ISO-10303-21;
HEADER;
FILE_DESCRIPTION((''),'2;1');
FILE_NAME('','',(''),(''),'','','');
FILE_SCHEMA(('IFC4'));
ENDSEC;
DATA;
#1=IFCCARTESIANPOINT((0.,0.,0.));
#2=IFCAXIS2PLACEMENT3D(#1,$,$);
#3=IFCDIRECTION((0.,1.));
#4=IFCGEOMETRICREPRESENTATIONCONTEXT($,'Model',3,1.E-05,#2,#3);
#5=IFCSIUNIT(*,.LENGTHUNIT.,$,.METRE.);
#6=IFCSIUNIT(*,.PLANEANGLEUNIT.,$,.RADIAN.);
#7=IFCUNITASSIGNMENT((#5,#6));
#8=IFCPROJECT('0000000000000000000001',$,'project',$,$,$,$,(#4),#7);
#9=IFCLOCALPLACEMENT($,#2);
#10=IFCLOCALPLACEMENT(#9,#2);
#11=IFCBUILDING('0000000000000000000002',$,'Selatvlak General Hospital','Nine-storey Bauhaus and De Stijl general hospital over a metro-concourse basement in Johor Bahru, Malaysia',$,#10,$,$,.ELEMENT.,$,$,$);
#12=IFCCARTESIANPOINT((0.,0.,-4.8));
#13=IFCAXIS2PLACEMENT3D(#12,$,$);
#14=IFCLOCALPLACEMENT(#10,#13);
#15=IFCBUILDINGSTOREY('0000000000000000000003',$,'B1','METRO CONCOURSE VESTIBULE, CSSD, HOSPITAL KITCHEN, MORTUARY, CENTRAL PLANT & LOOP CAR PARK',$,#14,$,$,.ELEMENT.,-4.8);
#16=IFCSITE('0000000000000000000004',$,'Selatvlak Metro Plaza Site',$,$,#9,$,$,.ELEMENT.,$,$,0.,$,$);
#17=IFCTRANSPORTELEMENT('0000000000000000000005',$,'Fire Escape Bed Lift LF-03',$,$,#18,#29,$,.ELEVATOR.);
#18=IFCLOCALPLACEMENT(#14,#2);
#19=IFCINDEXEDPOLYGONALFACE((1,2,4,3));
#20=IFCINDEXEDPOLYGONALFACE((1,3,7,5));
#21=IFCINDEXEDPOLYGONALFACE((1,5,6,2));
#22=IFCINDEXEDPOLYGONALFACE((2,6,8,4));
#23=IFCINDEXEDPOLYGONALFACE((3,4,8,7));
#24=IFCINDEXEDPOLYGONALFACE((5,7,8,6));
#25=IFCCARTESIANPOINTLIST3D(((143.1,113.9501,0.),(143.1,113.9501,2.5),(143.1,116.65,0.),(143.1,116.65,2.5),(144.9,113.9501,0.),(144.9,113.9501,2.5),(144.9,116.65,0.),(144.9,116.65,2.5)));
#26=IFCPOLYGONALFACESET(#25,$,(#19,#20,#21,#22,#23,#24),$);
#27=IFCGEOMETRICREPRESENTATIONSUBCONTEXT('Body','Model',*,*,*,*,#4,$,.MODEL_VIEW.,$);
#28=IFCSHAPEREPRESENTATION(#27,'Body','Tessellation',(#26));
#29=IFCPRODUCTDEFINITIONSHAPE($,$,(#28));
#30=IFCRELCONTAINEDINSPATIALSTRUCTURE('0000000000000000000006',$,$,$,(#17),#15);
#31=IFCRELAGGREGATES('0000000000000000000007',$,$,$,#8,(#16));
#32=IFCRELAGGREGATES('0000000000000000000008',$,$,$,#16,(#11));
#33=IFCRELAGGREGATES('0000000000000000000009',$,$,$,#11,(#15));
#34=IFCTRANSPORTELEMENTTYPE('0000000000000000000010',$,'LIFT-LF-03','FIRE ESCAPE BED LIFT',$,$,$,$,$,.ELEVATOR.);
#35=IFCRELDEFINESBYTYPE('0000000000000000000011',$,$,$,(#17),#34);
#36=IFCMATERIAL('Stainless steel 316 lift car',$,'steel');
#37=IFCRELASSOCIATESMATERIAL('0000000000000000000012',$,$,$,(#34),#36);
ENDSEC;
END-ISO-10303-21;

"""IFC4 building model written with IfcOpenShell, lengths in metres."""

from ifc_helpers import new_model, si_unit, direction, frame, origin, origin_2d, place, context, subcontext, project, spatial, rectangle, extrude, material, type_object, element, save


model = new_model("IFC4")

# Units and contexts
model_context = context("Model", 3, precision=1e-05, world=origin(), true_north=direction((0.0, 1.0)))
body_context = subcontext(model_context, "Body", "Model", "MODEL_VIEW")
ifc_project = project(units=[si_unit("LENGTHUNIT", "METRE"), si_unit("PLANEANGLEUNIT", "RADIAN")], contexts=[model_context])

# Site, building, storey
site_placement = place(None, origin())
site = spatial("IfcSite", under=ifc_project, at=site_placement, Name="Selatvlak Metro Plaza Site", CompositionType="ELEMENT", RefElevation=0.0)
building_placement = place(site_placement, origin())
building = spatial("IfcBuilding", under=site, at=building_placement, Name="Selatvlak General Hospital", Description="Nine-storey Bauhaus and De Stijl general hospital over a metro-concourse basement in Johor Bahru, Malaysia", CompositionType="ELEMENT")
storey_placement = place(building_placement, frame((0.0, 0.0, -4.8)))
storey = spatial("IfcBuildingStorey", under=building, at=storey_placement, Name="B1", Description="METRO CONCOURSE VESTIBULE, CSSD, HOSPITAL KITCHEN, MORTUARY, CENTRAL PLANT & LOOP CAR PARK", CompositionType="ELEMENT", Elevation=-4.8)

# Transport element
ifc_material_1 = material(Name="Stainless steel 316 lift car", Category="steel")
transport_element_type = type_object("IfcTransportElementType", Name="LIFT-LF-03", Description="FIRE ESCAPE BED LIFT", PredefinedType="ELEVATOR", material=ifc_material_1)
transport_element_placement = place(storey_placement, frame((144.0, 115.3, 0.0), z_axis=(0.0, 0.0, 1.0), x_axis=(1.0, 0.0, 0.0)))
element("IfcTransportElement", 1, at=transport_element_placement, inside=storey, type_object=transport_element_type, Name="Fire Escape Bed Lift LF-03", PredefinedType="ELEVATOR", context=body_context, shape_type="SweptSolid", body=[
    extrude(rectangle(XDim=1.8, YDim=2.7, at=origin_2d()), origin(), (0.0, 0.0, 1.0), 2.5),
])

save(model, "model.ifc")
